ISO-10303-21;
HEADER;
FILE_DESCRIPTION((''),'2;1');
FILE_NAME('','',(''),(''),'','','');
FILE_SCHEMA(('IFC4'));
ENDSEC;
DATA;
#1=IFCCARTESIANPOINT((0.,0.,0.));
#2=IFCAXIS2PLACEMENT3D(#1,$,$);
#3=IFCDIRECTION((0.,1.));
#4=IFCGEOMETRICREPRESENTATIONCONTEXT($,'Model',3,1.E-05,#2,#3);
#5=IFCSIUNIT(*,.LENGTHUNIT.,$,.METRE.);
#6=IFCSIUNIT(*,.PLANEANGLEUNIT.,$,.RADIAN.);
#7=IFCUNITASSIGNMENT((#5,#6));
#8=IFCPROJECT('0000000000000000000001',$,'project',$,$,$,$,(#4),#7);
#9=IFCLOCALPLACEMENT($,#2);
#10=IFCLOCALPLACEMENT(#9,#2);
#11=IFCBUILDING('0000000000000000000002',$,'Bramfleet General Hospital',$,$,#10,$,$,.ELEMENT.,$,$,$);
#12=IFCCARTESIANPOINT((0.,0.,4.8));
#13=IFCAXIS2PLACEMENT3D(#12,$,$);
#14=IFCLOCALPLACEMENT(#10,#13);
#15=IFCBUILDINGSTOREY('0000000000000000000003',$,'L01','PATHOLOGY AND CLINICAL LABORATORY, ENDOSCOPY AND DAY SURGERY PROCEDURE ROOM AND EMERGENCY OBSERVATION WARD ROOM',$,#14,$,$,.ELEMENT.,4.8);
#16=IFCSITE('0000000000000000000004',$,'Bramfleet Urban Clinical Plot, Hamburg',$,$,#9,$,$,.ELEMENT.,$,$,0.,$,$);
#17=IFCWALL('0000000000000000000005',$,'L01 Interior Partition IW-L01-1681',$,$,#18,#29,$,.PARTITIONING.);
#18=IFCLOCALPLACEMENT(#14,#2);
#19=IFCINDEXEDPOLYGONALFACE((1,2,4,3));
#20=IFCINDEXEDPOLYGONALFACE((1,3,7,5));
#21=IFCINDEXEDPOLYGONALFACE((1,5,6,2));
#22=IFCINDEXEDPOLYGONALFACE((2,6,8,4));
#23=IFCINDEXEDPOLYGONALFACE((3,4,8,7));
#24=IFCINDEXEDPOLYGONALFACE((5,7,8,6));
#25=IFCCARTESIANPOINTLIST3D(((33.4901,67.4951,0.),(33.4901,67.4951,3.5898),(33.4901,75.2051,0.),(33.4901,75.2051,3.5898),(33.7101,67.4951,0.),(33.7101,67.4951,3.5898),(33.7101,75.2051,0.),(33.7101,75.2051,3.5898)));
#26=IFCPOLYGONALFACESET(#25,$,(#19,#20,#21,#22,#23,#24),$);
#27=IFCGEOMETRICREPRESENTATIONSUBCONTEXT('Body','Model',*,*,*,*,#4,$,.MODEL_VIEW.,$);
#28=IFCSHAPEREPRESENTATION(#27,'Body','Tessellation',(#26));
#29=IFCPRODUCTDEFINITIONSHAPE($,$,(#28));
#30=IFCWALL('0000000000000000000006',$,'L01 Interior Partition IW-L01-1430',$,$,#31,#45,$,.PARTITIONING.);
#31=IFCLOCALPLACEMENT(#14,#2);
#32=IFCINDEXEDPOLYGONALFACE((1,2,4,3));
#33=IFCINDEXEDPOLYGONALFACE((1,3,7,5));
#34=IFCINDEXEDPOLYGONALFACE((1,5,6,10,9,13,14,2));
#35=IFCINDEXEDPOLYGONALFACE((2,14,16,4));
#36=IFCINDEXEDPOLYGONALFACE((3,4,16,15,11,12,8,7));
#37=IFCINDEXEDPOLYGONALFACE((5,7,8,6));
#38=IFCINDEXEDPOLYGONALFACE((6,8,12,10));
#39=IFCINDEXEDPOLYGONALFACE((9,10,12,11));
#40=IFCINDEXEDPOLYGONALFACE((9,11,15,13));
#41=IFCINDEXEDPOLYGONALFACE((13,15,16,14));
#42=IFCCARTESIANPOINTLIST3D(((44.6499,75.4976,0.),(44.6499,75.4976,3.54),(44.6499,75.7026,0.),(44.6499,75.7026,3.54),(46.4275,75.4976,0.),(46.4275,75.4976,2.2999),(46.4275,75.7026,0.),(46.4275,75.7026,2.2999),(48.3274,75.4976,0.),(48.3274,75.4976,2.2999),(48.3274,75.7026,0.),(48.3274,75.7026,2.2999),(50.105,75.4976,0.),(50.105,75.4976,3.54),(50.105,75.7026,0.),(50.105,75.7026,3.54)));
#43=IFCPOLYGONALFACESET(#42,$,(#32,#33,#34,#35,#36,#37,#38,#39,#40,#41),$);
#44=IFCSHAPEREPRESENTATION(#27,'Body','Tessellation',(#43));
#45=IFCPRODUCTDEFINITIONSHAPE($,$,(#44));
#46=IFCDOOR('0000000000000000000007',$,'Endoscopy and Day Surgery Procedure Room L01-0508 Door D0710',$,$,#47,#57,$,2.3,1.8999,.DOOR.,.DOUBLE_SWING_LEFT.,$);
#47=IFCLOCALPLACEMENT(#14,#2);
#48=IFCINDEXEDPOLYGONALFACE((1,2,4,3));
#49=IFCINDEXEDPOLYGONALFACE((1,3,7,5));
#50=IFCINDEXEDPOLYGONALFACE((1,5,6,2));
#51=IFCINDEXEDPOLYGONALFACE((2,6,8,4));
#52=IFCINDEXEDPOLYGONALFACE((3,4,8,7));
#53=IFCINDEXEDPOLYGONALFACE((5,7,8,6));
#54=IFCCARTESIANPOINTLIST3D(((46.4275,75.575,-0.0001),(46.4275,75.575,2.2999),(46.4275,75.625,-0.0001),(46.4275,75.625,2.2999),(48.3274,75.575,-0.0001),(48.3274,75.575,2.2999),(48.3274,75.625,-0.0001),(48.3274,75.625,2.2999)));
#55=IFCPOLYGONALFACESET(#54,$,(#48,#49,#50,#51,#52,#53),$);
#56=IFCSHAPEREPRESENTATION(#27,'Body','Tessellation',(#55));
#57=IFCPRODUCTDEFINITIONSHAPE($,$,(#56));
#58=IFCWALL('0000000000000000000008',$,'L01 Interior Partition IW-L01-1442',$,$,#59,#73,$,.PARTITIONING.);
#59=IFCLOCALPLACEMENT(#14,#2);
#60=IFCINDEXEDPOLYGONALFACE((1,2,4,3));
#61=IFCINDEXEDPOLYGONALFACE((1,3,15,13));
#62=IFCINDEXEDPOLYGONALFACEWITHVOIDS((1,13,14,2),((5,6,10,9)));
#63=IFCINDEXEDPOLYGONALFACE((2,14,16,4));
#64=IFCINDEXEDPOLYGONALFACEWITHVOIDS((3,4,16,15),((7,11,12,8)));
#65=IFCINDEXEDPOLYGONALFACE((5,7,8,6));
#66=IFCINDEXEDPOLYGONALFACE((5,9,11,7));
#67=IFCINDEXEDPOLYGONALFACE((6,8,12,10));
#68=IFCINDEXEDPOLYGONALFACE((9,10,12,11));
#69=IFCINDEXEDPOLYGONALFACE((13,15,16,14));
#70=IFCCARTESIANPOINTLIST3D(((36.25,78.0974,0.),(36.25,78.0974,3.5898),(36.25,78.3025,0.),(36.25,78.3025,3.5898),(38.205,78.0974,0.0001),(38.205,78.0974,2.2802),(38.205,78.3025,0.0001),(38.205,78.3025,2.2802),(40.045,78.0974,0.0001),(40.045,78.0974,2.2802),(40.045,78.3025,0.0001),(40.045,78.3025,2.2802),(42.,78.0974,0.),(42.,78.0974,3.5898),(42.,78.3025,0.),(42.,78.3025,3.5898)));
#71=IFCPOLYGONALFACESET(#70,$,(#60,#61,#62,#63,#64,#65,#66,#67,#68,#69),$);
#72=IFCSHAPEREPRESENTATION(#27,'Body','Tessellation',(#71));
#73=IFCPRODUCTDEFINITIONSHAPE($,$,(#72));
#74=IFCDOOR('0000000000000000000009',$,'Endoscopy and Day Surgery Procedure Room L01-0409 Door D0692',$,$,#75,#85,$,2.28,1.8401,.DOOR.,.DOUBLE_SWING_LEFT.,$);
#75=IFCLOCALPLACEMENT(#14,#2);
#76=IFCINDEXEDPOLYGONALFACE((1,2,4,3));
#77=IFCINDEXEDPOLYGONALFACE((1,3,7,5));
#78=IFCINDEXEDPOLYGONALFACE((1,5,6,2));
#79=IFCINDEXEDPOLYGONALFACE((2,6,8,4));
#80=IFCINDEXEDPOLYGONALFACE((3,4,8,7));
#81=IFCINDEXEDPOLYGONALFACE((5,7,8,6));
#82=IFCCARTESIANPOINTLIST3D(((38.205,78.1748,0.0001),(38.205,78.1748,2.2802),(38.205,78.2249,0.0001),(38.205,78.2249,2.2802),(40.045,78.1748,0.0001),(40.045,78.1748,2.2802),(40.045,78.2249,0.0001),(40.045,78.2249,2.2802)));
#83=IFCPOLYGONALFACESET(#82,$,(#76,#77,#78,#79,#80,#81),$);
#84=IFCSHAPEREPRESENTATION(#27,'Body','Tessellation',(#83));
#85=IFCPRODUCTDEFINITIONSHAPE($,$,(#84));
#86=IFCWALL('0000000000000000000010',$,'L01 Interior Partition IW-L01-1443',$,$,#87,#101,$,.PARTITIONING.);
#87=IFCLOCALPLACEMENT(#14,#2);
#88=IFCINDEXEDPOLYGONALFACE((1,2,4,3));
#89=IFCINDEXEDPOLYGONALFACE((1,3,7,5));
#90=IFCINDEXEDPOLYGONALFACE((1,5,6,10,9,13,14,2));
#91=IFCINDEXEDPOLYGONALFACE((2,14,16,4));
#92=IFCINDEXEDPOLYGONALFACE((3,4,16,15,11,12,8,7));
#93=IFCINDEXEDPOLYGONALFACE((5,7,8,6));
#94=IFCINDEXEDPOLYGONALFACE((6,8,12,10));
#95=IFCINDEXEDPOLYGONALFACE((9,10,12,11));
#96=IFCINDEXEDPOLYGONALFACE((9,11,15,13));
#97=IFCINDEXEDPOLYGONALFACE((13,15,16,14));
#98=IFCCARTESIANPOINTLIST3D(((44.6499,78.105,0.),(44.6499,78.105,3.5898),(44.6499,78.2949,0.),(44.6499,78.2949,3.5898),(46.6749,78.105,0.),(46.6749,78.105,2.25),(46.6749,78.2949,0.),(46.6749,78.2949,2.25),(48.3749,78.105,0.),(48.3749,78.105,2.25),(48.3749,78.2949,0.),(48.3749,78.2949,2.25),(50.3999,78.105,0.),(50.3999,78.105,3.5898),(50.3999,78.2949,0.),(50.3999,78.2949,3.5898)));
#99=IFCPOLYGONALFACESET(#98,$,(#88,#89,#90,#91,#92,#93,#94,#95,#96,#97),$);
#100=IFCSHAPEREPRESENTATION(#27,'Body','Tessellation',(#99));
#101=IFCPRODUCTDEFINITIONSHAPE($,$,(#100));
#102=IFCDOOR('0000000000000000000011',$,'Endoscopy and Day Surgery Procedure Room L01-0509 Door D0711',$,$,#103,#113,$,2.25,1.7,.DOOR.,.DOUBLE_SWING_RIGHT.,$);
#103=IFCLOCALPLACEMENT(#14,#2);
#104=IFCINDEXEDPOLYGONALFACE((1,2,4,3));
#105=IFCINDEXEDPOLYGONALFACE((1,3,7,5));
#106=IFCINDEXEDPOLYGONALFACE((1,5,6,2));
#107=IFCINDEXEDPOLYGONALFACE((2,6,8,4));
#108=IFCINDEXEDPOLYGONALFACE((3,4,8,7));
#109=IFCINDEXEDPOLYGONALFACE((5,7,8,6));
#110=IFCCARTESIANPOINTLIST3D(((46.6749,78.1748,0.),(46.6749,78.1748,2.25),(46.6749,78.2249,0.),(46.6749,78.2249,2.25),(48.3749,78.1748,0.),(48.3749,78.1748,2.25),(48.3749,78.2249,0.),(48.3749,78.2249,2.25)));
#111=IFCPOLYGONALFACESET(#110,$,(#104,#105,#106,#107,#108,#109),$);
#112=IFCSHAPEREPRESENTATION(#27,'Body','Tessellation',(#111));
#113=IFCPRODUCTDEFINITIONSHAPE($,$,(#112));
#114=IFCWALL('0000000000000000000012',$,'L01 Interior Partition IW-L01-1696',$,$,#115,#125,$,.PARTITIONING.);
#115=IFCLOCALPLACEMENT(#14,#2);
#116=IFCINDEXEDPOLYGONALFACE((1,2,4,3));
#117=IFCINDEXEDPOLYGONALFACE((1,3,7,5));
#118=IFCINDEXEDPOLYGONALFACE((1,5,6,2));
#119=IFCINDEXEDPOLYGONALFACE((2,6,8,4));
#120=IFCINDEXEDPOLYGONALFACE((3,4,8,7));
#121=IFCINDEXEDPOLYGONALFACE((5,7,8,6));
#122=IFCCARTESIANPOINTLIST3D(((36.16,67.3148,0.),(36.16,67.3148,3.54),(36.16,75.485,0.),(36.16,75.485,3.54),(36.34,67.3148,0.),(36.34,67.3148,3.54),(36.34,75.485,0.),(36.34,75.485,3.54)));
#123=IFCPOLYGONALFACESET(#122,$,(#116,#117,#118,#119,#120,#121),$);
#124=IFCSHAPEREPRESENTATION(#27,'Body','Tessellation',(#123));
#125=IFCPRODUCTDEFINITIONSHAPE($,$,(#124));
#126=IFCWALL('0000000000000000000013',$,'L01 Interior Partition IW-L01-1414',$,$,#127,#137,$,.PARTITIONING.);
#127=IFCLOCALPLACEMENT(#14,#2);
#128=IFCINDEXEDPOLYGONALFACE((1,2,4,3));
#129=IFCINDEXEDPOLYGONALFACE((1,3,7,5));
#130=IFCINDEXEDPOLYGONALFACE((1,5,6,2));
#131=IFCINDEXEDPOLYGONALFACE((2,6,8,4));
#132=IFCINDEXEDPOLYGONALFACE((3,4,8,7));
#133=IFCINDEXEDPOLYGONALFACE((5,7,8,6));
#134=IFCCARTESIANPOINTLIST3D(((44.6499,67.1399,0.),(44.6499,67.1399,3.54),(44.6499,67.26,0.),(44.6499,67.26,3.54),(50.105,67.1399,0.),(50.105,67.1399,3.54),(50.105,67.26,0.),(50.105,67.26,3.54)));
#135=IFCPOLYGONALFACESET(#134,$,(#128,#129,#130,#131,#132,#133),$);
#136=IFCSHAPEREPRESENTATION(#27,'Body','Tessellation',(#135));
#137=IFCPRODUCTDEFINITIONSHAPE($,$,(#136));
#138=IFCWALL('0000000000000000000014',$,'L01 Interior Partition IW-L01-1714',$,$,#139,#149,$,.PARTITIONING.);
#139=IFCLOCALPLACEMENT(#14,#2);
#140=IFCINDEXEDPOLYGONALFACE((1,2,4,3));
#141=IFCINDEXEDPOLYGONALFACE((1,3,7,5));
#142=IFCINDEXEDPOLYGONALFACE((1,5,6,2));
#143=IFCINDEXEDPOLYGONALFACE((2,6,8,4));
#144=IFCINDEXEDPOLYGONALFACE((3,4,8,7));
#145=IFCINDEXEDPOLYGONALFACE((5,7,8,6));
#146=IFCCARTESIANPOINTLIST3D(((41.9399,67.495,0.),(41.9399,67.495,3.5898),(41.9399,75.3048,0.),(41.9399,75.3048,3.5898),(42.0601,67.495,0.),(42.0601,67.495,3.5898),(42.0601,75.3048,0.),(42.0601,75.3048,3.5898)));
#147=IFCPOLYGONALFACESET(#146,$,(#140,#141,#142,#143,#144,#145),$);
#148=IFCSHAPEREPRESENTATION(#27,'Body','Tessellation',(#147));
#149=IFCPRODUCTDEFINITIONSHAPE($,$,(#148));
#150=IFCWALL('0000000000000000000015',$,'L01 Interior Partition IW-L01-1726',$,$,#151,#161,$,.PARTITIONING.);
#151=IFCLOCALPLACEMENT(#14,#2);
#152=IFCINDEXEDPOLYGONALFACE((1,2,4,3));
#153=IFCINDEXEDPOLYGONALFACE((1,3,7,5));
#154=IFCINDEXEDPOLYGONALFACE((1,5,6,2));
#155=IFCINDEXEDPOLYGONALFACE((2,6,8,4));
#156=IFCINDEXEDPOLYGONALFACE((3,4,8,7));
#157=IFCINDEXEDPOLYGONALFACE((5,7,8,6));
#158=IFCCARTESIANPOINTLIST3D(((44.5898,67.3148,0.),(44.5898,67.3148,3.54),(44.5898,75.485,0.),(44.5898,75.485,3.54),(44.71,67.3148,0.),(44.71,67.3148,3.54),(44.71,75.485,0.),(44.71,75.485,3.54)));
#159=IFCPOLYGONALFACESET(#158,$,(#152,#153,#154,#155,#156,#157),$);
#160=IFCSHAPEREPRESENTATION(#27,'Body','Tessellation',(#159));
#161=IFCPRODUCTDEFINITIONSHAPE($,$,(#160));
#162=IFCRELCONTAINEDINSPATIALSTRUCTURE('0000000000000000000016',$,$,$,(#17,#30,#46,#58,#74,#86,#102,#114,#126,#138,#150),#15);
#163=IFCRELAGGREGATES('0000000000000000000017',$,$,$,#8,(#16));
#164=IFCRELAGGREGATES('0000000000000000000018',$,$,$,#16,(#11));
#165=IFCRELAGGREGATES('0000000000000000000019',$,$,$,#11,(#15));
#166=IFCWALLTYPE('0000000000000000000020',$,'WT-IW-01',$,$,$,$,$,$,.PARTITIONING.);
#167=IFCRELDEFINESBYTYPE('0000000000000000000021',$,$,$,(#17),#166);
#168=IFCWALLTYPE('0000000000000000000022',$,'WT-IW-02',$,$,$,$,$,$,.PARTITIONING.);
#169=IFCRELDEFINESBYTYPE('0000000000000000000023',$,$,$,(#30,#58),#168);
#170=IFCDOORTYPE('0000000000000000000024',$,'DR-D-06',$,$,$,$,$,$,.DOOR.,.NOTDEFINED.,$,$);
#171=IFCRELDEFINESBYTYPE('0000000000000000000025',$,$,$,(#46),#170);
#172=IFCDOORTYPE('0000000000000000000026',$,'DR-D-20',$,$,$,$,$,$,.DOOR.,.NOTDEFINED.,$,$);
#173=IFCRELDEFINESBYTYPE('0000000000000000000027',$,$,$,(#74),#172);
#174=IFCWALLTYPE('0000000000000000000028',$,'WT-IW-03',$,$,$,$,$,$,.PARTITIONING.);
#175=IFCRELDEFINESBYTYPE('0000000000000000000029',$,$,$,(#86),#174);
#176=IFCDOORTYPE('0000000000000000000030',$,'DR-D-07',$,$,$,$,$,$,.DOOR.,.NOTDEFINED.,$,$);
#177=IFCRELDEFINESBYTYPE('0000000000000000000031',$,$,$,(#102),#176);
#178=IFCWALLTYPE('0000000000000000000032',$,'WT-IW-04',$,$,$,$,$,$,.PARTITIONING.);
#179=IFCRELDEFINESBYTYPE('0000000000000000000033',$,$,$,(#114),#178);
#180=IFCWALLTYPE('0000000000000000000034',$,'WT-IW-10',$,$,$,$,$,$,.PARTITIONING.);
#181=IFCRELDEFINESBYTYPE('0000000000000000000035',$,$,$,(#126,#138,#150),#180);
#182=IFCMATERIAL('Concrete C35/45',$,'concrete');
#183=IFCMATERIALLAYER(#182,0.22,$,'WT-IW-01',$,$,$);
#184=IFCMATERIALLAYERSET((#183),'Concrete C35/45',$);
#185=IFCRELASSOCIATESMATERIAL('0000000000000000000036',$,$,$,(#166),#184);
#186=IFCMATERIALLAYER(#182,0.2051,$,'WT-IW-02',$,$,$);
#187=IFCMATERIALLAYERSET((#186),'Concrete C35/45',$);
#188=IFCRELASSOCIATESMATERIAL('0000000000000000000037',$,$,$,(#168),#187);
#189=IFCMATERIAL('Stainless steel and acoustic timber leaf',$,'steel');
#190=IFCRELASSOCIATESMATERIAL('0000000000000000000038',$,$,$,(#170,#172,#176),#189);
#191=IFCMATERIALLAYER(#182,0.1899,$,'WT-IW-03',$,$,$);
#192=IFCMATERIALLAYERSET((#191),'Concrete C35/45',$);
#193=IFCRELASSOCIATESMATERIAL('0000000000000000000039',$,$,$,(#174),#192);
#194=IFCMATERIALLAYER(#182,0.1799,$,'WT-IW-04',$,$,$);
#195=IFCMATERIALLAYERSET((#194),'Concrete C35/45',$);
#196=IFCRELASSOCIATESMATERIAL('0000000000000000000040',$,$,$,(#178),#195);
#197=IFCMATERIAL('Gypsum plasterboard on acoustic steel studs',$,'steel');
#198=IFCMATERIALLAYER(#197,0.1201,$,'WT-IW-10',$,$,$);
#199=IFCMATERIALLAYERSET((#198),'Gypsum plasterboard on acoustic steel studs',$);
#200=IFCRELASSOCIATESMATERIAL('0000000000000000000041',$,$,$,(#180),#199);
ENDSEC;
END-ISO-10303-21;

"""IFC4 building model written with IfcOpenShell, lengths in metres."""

from ifc_helpers import new_model, si_unit, direction, frame, frame_2d, origin, place, context, subcontext, project, spatial, rectangle, extrude, material, layer, layer_set, type_object, element, fill, save


model = new_model("IFC4")

# Units and contexts
model_context = context("Model", 3, precision=1e-05, world=origin(), true_north=direction((0.0, 1.0)))
body_context = subcontext(model_context, "Body", "Model", "MODEL_VIEW")
ifc_project = project(units=[si_unit("LENGTHUNIT", "METRE"), si_unit("PLANEANGLEUNIT", "RADIAN")], contexts=[model_context])

# Site, building, storey
site_placement = place(None, origin())
site = spatial("IfcSite", under=ifc_project, at=site_placement, Name="Bramfleet Urban Clinical Plot, Hamburg", CompositionType="ELEMENT", RefElevation=0.0)
building_placement = place(site_placement, origin())
building = spatial("IfcBuilding", under=site, at=building_placement, Name="Bramfleet General Hospital", CompositionType="ELEMENT")
storey_placement = place(building_placement, frame((0.0, 0.0, 4.8)))
storey = spatial("IfcBuildingStorey", under=building, at=storey_placement, Name="L01", Description="PATHOLOGY AND CLINICAL LABORATORY, ENDOSCOPY AND DAY SURGERY PROCEDURE ROOM AND EMERGENCY OBSERVATION WARD ROOM", CompositionType="ELEMENT", Elevation=4.8)

# Shared definitions
ifc_material_1 = material(Name="Concrete C35/45", Category="concrete")

# Shared definitions
ifc_layer_1 = layer(ifc_material_1, 0.22, Name="WT-IW-01")
ifc_layer_set_1 = layer_set([ifc_layer_1], Name="Concrete C35/45")
wall_type_1 = type_object("IfcWallType", Name="WT-IW-01", PredefinedType="PARTITIONING", material=ifc_layer_set_1)
ifc_material_2 = material(Name="Stainless steel and acoustic timber leaf", Category="steel")

# Wall
wall_1_placement = place(storey_placement, frame((33.6001, 67.4951, 0.0), z_axis=(0.0, 0.0, 1.0), x_axis=(0.0, 1.0, 0.0)))
element("IfcWall", 1, at=wall_1_placement, inside=storey, type_object=wall_type_1, Name="L01 Interior Partition IW-L01-1681", PredefinedType="PARTITIONING", context=body_context, shape_type="SweptSolid", body=[
    extrude(rectangle(XDim=7.71, YDim=0.22, at=frame_2d((3.855, 0.0))), origin(), (0.0, 0.0, 1.0), 3.5898),
])

# Walls, openings, doors
ifc_layer_2 = layer(ifc_material_1, 0.2051, Name="WT-IW-02")
ifc_layer_set_2 = layer_set([ifc_layer_2], Name="Concrete C35/45")
wall_type_2 = type_object("IfcWallType", Name="WT-IW-02", PredefinedType="PARTITIONING", material=ifc_layer_set_2)
wall_2_placement = place(storey_placement, frame((44.6499, 75.6001, 0.0), z_axis=(0.0, 0.0, 1.0), x_axis=(1.0, 0.0, 0.0)))
wall_2 = element("IfcWall", 2, at=wall_2_placement, inside=storey, type_object=wall_type_2, Name="L01 Interior Partition IW-L01-1430", PredefinedType="PARTITIONING", context=body_context, shape_type="SweptSolid", body=[
    extrude(rectangle(XDim=5.4551, YDim=0.2051, at=frame_2d((2.7275, 0.0))), origin(), (0.0, 0.0, 1.0), 3.54),
])
opening_1_placement = place(wall_2_placement, frame((1.7776, 0.0, 0.0)))
opening_1 = element("IfcOpeningElement", 3, at=opening_1_placement, cuts=wall_2, PredefinedType="OPENING", context=body_context, shape_type="SweptSolid", body=[
    extrude(rectangle(XDim=1.8999, YDim=2.3, at=frame_2d((0.95, 1.1499))), frame((0.0, 0.1125, 0.0), z_axis=(0.0, -1.0, 0.0), x_axis=(1.0, 0.0, 0.0)), (0.0, 0.0, 1.0), 0.2251),
])
door_type_1 = type_object("IfcDoorType", Name="DR-D-06", OperationType="NOTDEFINED", PredefinedType="DOOR", material=ifc_material_2)
door_1_placement = place(opening_1_placement, origin())
door_1 = element("IfcDoor", 4, at=door_1_placement, inside=storey, type_object=door_type_1, Name="Endoscopy and Day Surgery Procedure Room L01-0508 Door D0710", OperationType="DOUBLE_SWING_LEFT", OverallHeight=2.3, OverallWidth=1.8999, PredefinedType="DOOR", context=body_context, shape_type="SweptSolid", body=[
    extrude(rectangle(XDim=1.8999, YDim=2.3, at=frame_2d((0.95, 1.1499))), frame((0.0, 0.0249, 0.0), z_axis=(0.0, -1.0, 0.0), x_axis=(1.0, 0.0, 0.0)), (0.0, 0.0, 1.0), 0.05),
])
fill(opening_1, door_1)
wall_3_placement = place(storey_placement, frame((36.25, 78.2, 0.0), z_axis=(0.0, 0.0, 1.0), x_axis=(1.0, 0.0, 0.0)))
wall_3 = element("IfcWall", 5, at=wall_3_placement, inside=storey, type_object=wall_type_2, Name="L01 Interior Partition IW-L01-1442", PredefinedType="PARTITIONING", context=body_context, shape_type="SweptSolid", body=[
    extrude(rectangle(XDim=5.75, YDim=0.2051, at=frame_2d((2.875, 0.0))), origin(), (0.0, 0.0, 1.0), 3.5898),
])
opening_2_placement = place(wall_3_placement, frame((1.9551, 0.0, 0.0)))
opening_2 = element("IfcOpeningElement", 6, at=opening_2_placement, cuts=wall_3, PredefinedType="OPENING", context=body_context, shape_type="SweptSolid", body=[
    extrude(rectangle(XDim=1.8401, YDim=2.28, at=frame_2d((0.9199, 1.1401))), frame((0.0, 0.1125, 0.0), z_axis=(0.0, -1.0, 0.0), x_axis=(1.0, 0.0, 0.0)), (0.0, 0.0, 1.0), 0.2251),
])
door_type_2 = type_object("IfcDoorType", Name="DR-D-20", OperationType="NOTDEFINED", PredefinedType="DOOR", material=ifc_material_2)
door_2_placement = place(opening_2_placement, origin())
door_2 = element("IfcDoor", 7, at=door_2_placement, inside=storey, type_object=door_type_2, Name="Endoscopy and Day Surgery Procedure Room L01-0409 Door D0692", OperationType="DOUBLE_SWING_LEFT", OverallHeight=2.28, OverallWidth=1.8401, PredefinedType="DOOR", context=body_context, shape_type="SweptSolid", body=[
    extrude(rectangle(XDim=1.8401, YDim=2.28, at=frame_2d((0.9199, 1.1401))), frame((0.0, 0.0249, 0.0), z_axis=(0.0, -1.0, 0.0), x_axis=(1.0, 0.0, 0.0)), (0.0, 0.0, 1.0), 0.05),
])
fill(opening_2, door_2)
ifc_layer_3 = layer(ifc_material_1, 0.1899, Name="WT-IW-03")
ifc_layer_set_3 = layer_set([ifc_layer_3], Name="Concrete C35/45")
wall_type_3 = type_object("IfcWallType", Name="WT-IW-03", PredefinedType="PARTITIONING", material=ifc_layer_set_3)
wall_4_placement = place(storey_placement, frame((44.6499, 78.2, 0.0), z_axis=(0.0, 0.0, 1.0), x_axis=(1.0, 0.0, 0.0)))
wall_4 = element("IfcWall", 8, at=wall_4_placement, inside=storey, type_object=wall_type_3, Name="L01 Interior Partition IW-L01-1443", PredefinedType="PARTITIONING", context=body_context, shape_type="SweptSolid", body=[
    extrude(rectangle(XDim=5.75, YDim=0.1899, at=frame_2d((2.875, 0.0))), origin(), (0.0, 0.0, 1.0), 3.5898),
])
opening_3_placement = place(wall_4_placement, frame((2.0249, 0.0, 0.0)))
opening_3 = element("IfcOpeningElement", 9, at=opening_3_placement, cuts=wall_4, PredefinedType="OPENING", context=body_context, shape_type="SweptSolid", body=[
    extrude(rectangle(XDim=1.7, YDim=2.25, at=frame_2d((0.8501, 1.125))), frame((0.0, 0.105, 0.0), z_axis=(0.0, -1.0, 0.0), x_axis=(1.0, 0.0, 0.0)), (0.0, 0.0, 1.0), 0.21),
])
door_type_3 = type_object("IfcDoorType", Name="DR-D-07", OperationType="NOTDEFINED", PredefinedType="DOOR", material=ifc_material_2)
door_3_placement = place(opening_3_placement, origin())
door_3 = element("IfcDoor", 10, at=door_3_placement, inside=storey, type_object=door_type_3, Name="Endoscopy and Day Surgery Procedure Room L01-0509 Door D0711", OperationType="DOUBLE_SWING_RIGHT", OverallHeight=2.25, OverallWidth=1.7, PredefinedType="DOOR", context=body_context, shape_type="SweptSolid", body=[
    extrude(rectangle(XDim=1.7, YDim=2.25, at=frame_2d((0.8501, 1.125))), frame((0.0, 0.0249, 0.0), z_axis=(0.0, -1.0, 0.0), x_axis=(1.0, 0.0, 0.0)), (0.0, 0.0, 1.0), 0.05),
])
fill(opening_3, door_3)

# Walls
ifc_layer_4 = layer(ifc_material_1, 0.1799, Name="WT-IW-04")
ifc_layer_set_4 = layer_set([ifc_layer_4], Name="Concrete C35/45")
wall_type_4 = type_object("IfcWallType", Name="WT-IW-04", PredefinedType="PARTITIONING", material=ifc_layer_set_4)
wall_5_placement = place(storey_placement, frame((36.25, 67.3149, 0.0), z_axis=(0.0, 0.0, 1.0), x_axis=(0.0, 1.0, 0.0)))
element("IfcWall", 11, at=wall_5_placement, inside=storey, type_object=wall_type_4, Name="L01 Interior Partition IW-L01-1696", PredefinedType="PARTITIONING", context=body_context, shape_type="SweptSolid", body=[
    extrude(rectangle(XDim=8.1702, YDim=0.1799, at=frame_2d((4.085, 0.0))), origin(), (0.0, 0.0, 1.0), 3.54),
])
ifc_material_3 = material(Name="Gypsum plasterboard on acoustic steel studs", Category="steel")
ifc_layer_5 = layer(ifc_material_3, 0.1201, Name="WT-IW-10")
ifc_layer_set_5 = layer_set([ifc_layer_5], Name="Gypsum plasterboard on acoustic steel studs")
wall_type_5 = type_object("IfcWallType", Name="WT-IW-10", PredefinedType="PARTITIONING", material=ifc_layer_set_5)
wall_6_placement = place(storey_placement, frame((44.6499, 67.2, 0.0), z_axis=(0.0, 0.0, 1.0), x_axis=(1.0, 0.0, 0.0)))
element("IfcWall", 12, at=wall_6_placement, inside=storey, type_object=wall_type_5, Name="L01 Interior Partition IW-L01-1414", PredefinedType="PARTITIONING", context=body_context, shape_type="SweptSolid", body=[
    extrude(rectangle(XDim=5.4551, YDim=0.1201, at=frame_2d((2.7275, 0.0))), origin(), (0.0, 0.0, 1.0), 3.54),
])
wall_7_placement = place(storey_placement, frame((42.0, 67.4951, 0.0), z_axis=(0.0, 0.0, 1.0), x_axis=(0.0, 1.0, 0.0)))
element("IfcWall", 13, at=wall_7_placement, inside=storey, type_object=wall_type_5, Name="L01 Interior Partition IW-L01-1714", PredefinedType="PARTITIONING", context=body_context, shape_type="SweptSolid", body=[
    extrude(rectangle(XDim=7.8098, YDim=0.1201, at=frame_2d((3.9048, 0.0))), origin(), (0.0, 0.0, 1.0), 3.5898),
])
wall_8_placement = place(storey_placement, frame((44.6499, 67.3149, 0.0), z_axis=(0.0, 0.0, 1.0), x_axis=(0.0, 1.0, 0.0)))
element("IfcWall", 14, at=wall_8_placement, inside=storey, type_object=wall_type_5, Name="L01 Interior Partition IW-L01-1726", PredefinedType="PARTITIONING", context=body_context, shape_type="SweptSolid", body=[
    extrude(rectangle(XDim=8.1702, YDim=0.1201, at=frame_2d((4.085, 0.0))), origin(), (0.0, 0.0, 1.0), 3.54),
])

save(model, "model.ifc")
